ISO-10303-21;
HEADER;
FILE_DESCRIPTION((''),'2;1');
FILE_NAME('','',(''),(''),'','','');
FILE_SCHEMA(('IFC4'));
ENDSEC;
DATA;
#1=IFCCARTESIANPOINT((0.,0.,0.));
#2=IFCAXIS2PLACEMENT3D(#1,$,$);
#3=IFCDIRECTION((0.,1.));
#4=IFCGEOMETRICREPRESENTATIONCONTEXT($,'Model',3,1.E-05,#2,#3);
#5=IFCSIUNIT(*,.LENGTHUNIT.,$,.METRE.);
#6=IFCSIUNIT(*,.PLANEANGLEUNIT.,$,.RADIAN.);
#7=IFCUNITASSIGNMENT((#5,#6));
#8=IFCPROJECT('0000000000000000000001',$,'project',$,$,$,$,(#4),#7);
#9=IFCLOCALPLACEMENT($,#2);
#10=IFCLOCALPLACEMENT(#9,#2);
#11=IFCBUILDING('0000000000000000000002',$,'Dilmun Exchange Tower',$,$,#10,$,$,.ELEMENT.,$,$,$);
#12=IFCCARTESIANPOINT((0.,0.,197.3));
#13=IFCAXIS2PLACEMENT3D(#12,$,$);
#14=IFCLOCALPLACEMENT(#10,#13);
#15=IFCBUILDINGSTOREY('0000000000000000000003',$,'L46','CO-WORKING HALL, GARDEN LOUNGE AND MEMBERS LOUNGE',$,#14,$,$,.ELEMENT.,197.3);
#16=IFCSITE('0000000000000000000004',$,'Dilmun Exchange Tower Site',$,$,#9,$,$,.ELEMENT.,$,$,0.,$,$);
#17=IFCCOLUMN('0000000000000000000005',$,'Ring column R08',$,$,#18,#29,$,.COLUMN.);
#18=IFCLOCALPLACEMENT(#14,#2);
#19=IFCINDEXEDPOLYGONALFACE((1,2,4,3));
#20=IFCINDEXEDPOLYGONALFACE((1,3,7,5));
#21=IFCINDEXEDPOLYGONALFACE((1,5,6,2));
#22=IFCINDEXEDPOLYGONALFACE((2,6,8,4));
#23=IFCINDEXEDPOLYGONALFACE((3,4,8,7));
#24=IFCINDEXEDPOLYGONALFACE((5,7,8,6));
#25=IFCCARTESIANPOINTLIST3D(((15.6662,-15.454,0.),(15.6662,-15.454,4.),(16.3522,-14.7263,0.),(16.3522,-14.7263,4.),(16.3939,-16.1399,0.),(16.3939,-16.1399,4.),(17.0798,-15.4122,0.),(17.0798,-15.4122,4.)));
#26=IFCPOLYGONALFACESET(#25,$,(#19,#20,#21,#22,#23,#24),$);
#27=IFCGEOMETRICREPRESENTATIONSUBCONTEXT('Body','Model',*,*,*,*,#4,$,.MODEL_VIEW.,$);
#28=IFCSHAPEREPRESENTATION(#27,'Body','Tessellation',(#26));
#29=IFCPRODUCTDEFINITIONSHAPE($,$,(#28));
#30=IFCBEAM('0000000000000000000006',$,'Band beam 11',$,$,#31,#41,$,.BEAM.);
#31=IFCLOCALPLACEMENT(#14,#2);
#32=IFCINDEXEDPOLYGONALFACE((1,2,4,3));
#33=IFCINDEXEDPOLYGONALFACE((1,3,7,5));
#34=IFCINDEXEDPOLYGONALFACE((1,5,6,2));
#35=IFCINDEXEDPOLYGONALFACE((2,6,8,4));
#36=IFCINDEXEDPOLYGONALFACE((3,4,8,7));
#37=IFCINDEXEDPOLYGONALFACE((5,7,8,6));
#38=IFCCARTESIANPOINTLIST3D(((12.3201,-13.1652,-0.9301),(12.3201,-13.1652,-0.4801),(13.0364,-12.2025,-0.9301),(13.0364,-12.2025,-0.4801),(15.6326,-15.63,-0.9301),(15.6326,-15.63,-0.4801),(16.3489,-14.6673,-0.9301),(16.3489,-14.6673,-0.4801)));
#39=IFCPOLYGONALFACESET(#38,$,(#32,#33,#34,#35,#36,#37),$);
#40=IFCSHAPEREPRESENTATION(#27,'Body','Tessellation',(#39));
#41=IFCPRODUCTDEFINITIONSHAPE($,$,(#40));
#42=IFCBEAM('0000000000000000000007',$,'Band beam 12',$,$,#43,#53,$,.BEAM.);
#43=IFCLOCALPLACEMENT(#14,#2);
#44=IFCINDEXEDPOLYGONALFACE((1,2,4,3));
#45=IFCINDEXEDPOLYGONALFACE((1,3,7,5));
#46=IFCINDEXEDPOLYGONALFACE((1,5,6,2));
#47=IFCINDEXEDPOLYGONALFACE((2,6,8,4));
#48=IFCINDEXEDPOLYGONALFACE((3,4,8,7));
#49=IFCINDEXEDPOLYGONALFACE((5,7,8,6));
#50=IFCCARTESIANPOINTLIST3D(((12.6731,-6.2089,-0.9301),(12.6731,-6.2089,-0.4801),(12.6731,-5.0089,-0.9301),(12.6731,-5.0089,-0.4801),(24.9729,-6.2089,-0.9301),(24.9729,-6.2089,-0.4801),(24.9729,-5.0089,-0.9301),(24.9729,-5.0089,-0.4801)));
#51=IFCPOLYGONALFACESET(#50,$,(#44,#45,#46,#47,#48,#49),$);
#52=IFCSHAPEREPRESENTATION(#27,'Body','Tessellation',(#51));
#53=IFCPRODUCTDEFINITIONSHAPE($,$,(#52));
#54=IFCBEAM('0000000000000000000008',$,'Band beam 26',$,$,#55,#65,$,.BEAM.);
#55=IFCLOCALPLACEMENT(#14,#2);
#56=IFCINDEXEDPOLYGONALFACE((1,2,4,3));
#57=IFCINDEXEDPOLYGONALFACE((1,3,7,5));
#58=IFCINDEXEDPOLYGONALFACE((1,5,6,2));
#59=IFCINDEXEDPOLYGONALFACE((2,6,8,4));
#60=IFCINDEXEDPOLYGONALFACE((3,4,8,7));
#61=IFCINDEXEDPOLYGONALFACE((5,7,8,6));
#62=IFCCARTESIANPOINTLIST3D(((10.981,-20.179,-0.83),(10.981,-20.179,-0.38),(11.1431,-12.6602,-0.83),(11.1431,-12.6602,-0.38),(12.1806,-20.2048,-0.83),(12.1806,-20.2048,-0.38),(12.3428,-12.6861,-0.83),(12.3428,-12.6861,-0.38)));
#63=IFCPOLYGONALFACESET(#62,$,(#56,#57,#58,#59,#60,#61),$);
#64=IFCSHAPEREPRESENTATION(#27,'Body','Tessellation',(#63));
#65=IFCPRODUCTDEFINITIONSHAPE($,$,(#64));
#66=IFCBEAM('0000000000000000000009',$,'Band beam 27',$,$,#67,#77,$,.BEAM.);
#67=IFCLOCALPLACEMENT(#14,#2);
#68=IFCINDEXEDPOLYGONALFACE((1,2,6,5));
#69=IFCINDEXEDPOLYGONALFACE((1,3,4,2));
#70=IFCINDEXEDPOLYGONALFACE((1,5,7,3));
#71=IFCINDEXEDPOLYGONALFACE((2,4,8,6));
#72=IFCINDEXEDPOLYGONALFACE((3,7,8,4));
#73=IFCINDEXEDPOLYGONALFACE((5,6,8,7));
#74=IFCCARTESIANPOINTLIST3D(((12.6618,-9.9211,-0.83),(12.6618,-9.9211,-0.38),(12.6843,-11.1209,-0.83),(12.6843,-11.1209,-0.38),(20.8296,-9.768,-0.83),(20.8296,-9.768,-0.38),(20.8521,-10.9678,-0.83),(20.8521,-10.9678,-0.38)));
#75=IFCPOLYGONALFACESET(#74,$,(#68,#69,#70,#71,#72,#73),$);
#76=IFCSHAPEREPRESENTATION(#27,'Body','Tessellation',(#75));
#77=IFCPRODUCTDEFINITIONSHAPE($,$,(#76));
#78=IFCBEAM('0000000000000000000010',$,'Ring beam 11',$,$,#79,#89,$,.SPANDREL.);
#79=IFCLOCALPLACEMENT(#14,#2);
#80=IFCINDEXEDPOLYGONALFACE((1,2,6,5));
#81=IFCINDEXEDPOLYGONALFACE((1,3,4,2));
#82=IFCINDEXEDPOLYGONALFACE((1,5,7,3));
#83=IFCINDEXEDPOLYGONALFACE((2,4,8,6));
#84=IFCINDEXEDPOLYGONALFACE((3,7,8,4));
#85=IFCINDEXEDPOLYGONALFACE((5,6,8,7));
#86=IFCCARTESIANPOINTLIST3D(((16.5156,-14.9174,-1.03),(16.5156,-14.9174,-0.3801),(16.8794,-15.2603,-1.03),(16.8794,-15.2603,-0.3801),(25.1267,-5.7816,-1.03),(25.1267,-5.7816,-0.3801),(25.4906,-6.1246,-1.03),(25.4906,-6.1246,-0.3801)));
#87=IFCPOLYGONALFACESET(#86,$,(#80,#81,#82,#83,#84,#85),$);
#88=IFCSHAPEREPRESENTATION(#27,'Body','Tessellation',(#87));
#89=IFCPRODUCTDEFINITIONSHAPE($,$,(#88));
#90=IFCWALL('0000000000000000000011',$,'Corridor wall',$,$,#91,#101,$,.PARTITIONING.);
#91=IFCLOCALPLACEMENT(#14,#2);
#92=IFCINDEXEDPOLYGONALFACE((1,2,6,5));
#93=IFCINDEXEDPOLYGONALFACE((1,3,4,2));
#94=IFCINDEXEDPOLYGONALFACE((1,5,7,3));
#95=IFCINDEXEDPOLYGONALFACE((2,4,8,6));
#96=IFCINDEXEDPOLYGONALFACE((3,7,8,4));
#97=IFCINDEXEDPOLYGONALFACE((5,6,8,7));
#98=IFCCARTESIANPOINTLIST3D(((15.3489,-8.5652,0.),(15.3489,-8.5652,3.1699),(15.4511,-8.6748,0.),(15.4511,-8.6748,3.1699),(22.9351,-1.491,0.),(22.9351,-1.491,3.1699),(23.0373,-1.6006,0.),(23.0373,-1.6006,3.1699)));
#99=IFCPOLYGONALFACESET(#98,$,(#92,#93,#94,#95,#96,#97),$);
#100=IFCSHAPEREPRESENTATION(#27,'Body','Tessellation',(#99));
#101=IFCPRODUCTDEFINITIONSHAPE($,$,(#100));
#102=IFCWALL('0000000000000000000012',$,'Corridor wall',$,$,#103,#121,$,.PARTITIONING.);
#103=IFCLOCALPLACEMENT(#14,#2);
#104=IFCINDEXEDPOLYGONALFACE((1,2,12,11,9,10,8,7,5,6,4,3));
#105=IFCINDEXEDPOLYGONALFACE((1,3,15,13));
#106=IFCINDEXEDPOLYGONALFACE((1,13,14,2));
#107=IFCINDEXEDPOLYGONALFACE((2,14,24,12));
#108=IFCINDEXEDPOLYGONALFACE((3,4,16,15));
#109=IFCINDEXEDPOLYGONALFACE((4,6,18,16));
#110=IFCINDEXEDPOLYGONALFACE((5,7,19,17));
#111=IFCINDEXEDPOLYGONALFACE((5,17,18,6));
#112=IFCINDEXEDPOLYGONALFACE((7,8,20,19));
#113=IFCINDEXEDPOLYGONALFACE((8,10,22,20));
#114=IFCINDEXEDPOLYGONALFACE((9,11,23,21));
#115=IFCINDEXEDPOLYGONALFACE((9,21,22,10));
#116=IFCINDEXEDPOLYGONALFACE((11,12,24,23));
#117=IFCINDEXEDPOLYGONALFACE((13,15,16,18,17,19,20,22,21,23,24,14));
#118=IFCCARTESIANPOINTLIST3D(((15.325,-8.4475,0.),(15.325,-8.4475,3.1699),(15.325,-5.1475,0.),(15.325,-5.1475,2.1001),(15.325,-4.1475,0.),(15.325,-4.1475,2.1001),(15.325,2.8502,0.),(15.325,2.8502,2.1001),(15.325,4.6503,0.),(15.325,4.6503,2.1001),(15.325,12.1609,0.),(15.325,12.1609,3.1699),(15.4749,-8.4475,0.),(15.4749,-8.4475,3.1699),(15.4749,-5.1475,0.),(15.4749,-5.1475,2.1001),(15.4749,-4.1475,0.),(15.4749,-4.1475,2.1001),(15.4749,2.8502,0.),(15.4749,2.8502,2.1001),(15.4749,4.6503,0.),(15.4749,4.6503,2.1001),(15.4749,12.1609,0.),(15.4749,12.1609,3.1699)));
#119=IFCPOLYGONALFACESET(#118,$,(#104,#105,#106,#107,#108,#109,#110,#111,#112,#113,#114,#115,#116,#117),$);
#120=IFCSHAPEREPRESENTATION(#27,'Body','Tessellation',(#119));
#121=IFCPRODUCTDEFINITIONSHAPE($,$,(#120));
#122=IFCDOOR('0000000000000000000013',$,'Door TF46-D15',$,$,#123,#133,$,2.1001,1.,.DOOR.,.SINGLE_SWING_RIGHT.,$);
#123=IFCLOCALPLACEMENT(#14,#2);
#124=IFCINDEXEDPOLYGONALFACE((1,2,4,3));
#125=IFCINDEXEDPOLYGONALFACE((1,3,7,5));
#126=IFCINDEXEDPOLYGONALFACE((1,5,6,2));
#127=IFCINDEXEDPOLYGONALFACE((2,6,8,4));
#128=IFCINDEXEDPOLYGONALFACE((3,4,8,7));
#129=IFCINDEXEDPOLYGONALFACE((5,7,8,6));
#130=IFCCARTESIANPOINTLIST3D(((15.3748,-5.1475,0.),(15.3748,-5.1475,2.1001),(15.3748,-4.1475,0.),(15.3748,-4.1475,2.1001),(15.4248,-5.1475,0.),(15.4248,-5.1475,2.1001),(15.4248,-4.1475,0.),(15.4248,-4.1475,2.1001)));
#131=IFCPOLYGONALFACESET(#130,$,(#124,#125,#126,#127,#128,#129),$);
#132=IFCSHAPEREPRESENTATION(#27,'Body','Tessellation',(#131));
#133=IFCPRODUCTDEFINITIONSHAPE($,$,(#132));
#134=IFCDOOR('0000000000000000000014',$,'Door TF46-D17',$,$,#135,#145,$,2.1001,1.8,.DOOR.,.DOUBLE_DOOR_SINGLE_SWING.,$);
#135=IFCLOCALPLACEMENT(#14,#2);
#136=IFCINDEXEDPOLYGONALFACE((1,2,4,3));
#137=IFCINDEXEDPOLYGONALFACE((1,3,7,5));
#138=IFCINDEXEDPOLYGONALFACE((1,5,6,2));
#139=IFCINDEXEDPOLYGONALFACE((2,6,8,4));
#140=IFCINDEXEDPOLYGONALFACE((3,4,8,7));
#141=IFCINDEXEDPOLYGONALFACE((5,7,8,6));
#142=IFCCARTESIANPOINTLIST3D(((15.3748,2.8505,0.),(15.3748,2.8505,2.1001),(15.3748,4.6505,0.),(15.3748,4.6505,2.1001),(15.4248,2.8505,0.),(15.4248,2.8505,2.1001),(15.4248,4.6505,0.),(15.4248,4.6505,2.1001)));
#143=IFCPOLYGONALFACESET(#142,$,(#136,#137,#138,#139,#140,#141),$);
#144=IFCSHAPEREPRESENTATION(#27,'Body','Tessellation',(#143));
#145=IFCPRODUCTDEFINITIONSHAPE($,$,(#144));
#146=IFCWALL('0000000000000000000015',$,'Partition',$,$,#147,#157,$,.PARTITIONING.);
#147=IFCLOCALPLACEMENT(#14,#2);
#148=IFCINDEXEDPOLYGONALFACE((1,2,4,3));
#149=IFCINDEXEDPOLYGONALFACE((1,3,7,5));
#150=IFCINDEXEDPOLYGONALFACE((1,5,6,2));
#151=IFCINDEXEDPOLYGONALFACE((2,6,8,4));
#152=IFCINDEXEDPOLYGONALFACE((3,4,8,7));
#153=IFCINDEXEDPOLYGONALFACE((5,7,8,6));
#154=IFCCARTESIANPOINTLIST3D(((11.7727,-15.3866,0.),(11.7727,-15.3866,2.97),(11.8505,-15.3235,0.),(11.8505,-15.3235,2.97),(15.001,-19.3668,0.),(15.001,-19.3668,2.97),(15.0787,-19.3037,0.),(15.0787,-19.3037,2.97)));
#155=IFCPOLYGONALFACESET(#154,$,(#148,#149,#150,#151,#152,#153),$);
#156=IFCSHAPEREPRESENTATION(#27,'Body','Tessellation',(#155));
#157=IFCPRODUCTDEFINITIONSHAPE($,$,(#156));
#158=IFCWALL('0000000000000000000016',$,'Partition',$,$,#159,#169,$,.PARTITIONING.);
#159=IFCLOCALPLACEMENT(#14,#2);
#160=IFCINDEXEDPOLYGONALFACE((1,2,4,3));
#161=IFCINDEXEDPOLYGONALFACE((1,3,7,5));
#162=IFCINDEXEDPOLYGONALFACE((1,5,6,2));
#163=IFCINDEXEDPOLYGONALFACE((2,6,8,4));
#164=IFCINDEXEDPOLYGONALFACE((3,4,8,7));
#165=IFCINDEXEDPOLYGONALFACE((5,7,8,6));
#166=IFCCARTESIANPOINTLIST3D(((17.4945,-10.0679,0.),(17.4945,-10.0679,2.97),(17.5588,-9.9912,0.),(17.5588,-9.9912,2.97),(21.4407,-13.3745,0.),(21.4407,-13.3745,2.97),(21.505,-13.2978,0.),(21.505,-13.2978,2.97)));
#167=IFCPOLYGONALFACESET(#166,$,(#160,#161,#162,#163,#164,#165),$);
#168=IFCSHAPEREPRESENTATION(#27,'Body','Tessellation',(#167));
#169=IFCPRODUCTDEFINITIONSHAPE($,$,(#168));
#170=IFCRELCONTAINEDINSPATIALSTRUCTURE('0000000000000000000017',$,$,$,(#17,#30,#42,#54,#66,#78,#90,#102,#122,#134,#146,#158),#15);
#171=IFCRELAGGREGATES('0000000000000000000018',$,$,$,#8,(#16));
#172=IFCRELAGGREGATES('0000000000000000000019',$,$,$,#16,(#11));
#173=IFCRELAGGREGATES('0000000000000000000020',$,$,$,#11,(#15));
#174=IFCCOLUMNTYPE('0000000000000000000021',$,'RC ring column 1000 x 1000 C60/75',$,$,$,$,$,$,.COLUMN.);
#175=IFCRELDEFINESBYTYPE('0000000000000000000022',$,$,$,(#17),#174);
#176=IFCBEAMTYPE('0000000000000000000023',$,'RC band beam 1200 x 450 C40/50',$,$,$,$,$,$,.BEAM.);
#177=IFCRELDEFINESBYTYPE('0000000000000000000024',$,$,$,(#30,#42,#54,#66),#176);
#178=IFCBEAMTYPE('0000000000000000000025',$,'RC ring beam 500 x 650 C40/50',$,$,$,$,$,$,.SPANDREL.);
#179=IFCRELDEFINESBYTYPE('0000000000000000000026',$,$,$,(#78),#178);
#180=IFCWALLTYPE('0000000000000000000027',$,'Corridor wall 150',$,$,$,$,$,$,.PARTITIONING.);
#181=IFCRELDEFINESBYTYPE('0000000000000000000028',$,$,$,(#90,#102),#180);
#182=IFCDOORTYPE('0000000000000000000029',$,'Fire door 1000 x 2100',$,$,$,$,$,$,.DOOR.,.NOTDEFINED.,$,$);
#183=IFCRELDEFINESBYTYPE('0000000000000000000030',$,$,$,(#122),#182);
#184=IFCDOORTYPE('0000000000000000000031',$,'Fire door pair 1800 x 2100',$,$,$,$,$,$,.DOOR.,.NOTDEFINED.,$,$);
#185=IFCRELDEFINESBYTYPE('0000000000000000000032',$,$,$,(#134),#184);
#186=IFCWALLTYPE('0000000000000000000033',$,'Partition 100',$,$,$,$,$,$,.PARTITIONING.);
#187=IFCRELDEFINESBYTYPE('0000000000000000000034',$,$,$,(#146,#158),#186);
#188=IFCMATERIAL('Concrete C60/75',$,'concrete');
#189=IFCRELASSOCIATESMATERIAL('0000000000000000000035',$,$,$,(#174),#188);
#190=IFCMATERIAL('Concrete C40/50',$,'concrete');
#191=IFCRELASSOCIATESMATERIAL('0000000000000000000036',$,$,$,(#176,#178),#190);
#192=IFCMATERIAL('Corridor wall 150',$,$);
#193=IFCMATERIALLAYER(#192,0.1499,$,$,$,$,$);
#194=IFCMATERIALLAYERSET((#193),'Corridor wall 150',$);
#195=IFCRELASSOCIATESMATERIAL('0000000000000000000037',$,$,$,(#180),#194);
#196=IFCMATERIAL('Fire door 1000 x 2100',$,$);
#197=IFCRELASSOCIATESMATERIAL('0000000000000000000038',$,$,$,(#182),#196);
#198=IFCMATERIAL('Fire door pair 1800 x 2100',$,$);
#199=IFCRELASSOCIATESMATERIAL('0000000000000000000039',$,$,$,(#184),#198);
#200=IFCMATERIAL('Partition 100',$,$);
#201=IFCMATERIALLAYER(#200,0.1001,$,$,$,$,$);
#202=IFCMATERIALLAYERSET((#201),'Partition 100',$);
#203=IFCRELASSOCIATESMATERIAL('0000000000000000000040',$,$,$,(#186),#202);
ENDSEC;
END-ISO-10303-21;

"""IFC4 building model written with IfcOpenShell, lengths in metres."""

from ifc_helpers import new_model, si_unit, direction, frame, frame_2d, origin, origin_2d, place, context, subcontext, project, spatial, rectangle, extrude, material, layer, layer_set, material_profile, profile_set, type_object, element, fill, save


model = new_model("IFC4")

# Units and contexts
model_context = context("Model", 3, precision=1e-05, world=origin(), true_north=direction((0.0, 1.0)))
body_context = subcontext(model_context, "Body", "Model", "MODEL_VIEW")
ifc_project = project(units=[si_unit("LENGTHUNIT", "METRE"), si_unit("PLANEANGLEUNIT", "RADIAN")], contexts=[model_context])

# Site, building, storey
site_placement = place(None, origin())
site = spatial("IfcSite", under=ifc_project, at=site_placement, Name="Dilmun Exchange Tower Site", CompositionType="ELEMENT", RefElevation=0.0)
building_placement = place(site_placement, origin())
building = spatial("IfcBuilding", under=site, at=building_placement, Name="Dilmun Exchange Tower", CompositionType="ELEMENT")
storey_placement = place(building_placement, frame((0.0, 0.0, 197.3)))
storey = spatial("IfcBuildingStorey", under=building, at=storey_placement, Name="L46", Description="CO-WORKING HALL, GARDEN LOUNGE AND MEMBERS LOUNGE", CompositionType="ELEMENT", Elevation=197.3)

# Column
ifc_material_1 = material(Name="Concrete C60/75", Category="concrete")
ifc_material_profile_1 = material_profile(ifc_material_1, rectangle(XDim=1.0, YDim=1.0, at=origin_2d()), Name="1000 x 1000")
ifc_profile_set_1 = profile_set([ifc_material_profile_1], Name="Concrete C60/75")
column_type = type_object("IfcColumnType", Name="RC ring column 1000 x 1000 C60/75", PredefinedType="COLUMN", material=ifc_profile_set_1)
column_placement = place(storey_placement, frame((16.373, -15.4331, 0.0), z_axis=(0.0, 0.0, 1.0), x_axis=(0.685916, 0.727681, 0.0)))
element("IfcColumn", 1, at=column_placement, inside=storey, type_object=column_type, Name="Ring column R08", PredefinedType="COLUMN", context=body_context, shape_type="SweptSolid", body=[
    extrude(rectangle(XDim=1.0, YDim=1.0, at=origin_2d()), origin(), (0.0, 0.0, 1.0), 4.0),
])

# Beams
ifc_material_2 = material(Name="Concrete C40/50", Category="concrete")
ifc_material_profile_2 = material_profile(ifc_material_2, rectangle(XDim=1.2, YDim=0.45, at=origin_2d()), Name="1200 x 450")
ifc_profile_set_2 = profile_set([ifc_material_profile_2], Name="Concrete C40/50")
beam_type_1 = type_object("IfcBeamType", Name="RC band beam 1200 x 450 C40/50", PredefinedType="BEAM", material=ifc_profile_set_2)
beam_1_placement = place(storey_placement, frame((15.9907, -15.1487, -0.7051), z_axis=(-0.802265, 0.596968, 0.0), x_axis=(-0.596968, -0.802265, 0.0)))
element("IfcBeam", 2, at=beam_1_placement, inside=storey, type_object=beam_type_1, Name="Band beam 11", PredefinedType="BEAM", context=body_context, shape_type="SweptSolid", body=[
    extrude(rectangle(XDim=1.2, YDim=0.45, at=origin_2d()), origin(), (0.0, 0.0, 1.0), 4.1289),
])
beam_2_placement = place(storey_placement, frame((24.9729, -5.6089, -0.7051), z_axis=(-1.0, 0.0, 0.0), x_axis=(0.0, -1.0, 0.0)))
element("IfcBeam", 3, at=beam_2_placement, inside=storey, type_object=beam_type_1, Name="Band beam 12", PredefinedType="BEAM", context=body_context, shape_type="SweptSolid", body=[
    extrude(rectangle(XDim=1.2, YDim=0.45, at=origin_2d()), origin(), (0.0, 0.0, 1.0), 12.2998),
])
beam_3_placement = place(storey_placement, frame((11.5808, -20.1919, -0.605), z_axis=(0.021556, 0.999768, 0.0), x_axis=(-0.999768, 0.021556, 0.0)))
element("IfcBeam", 4, at=beam_3_placement, inside=storey, type_object=beam_type_1, Name="Band beam 26", PredefinedType="BEAM", context=body_context, shape_type="SweptSolid", body=[
    extrude(rectangle(XDim=1.2, YDim=0.45, at=origin_2d()), origin(), (0.0, 0.0, 1.0), 7.5205),
])
beam_4_placement = place(storey_placement, frame((20.8408, -10.3679, -0.605), z_axis=(-0.999824, -0.018738, 0.0), x_axis=(0.018738, -0.999824, 0.0)))
element("IfcBeam", 5, at=beam_4_placement, inside=storey, type_object=beam_type_1, Name="Band beam 27", PredefinedType="BEAM", context=body_context, shape_type="SweptSolid", body=[
    extrude(rectangle(XDim=1.2, YDim=0.45, at=origin_2d()), origin(), (0.0, 0.0, 1.0), 8.1692),
])
ifc_material_profile_3 = material_profile(ifc_material_2, rectangle(XDim=0.5, YDim=0.6499, at=origin_2d()), Name="500 x 650")
ifc_profile_set_3 = profile_set([ifc_material_profile_3], Name="Concrete C40/50")
beam_type_2 = type_object("IfcBeamType", Name="RC ring beam 500 x 650 C40/50", PredefinedType="SPANDREL", material=ifc_profile_set_3)
beam_5_placement = place(storey_placement, frame((16.6975, -15.0889, -0.7051), z_axis=(0.685903, 0.727693, 0.0), x_axis=(-0.727693, 0.685903, 0.0)))
element("IfcBeam", 6, at=beam_5_placement, inside=storey, type_object=beam_type_2, Name="Ring beam 11", PredefinedType="SPANDREL", context=body_context, shape_type="SweptSolid", body=[
    extrude(rectangle(XDim=0.5, YDim=0.6499, at=origin_2d()), origin(), (0.0, 0.0, 1.0), 12.5544),
])

# Wall
ifc_material_3 = material(Name="Corridor wall 150")
ifc_layer_1 = layer(ifc_material_3, 0.1499)
ifc_layer_set_1 = layer_set([ifc_layer_1], Name="Corridor wall 150")
wall_type_1 = type_object("IfcWallType", Name="Corridor wall 150", PredefinedType="PARTITIONING", material=ifc_layer_set_1)
wall_1_placement = place(storey_placement, frame((15.3999, -8.6201, 0.0), z_axis=(0.0, 0.0, 1.0), x_axis=(0.731354, 0.681998, 0.0)))
element("IfcWall", 7, at=wall_1_placement, inside=storey, type_object=wall_type_1, Name="Corridor wall", PredefinedType="PARTITIONING", context=body_context, shape_type="SweptSolid", body=[
    extrude(rectangle(XDim=10.3728, YDim=0.1499, at=frame_2d((5.1865, 0.0))), origin(), (0.0, 0.0, 1.0), 3.1699),
])

# Wall, openings, doors
wall_2_placement = place(storey_placement, frame((15.3999, -8.4475, 0.0), z_axis=(0.0, 0.0, 1.0), x_axis=(0.0, 1.0, 0.0)))
wall_2 = element("IfcWall", 8, at=wall_2_placement, inside=storey, type_object=wall_type_1, Name="Corridor wall", PredefinedType="PARTITIONING", context=body_context, shape_type="SweptSolid", body=[
    extrude(rectangle(XDim=20.6084, YDim=0.1499, at=frame_2d((10.3042, 0.0))), origin(), (0.0, 0.0, 1.0), 3.1699),
])
opening_1_placement = place(wall_2_placement, frame((3.3, 0.0, 0.0)))
opening_1 = element("IfcOpeningElement", 9, at=opening_1_placement, cuts=wall_2, PredefinedType="OPENING", context=body_context, shape_type="SweptSolid", body=[
    extrude(rectangle(XDim=1.0, YDim=2.1001, at=frame_2d((0.5, 1.05))), frame((0.0, 0.085, 0.0), z_axis=(0.0, -1.0, 0.0), x_axis=(1.0, 0.0, 0.0)), (0.0, 0.0, 1.0), 0.1699),
])
opening_2_placement = place(wall_2_placement, frame((11.2979, 0.0, 0.0)))
opening_2 = element("IfcOpeningElement", 10, at=opening_2_placement, cuts=wall_2, PredefinedType="OPENING", context=body_context, shape_type="SweptSolid", body=[
    extrude(rectangle(XDim=1.8, YDim=2.1001, at=frame_2d((0.8999, 1.05))), frame((0.0, 0.085, 0.0), z_axis=(0.0, -1.0, 0.0), x_axis=(1.0, 0.0, 0.0)), (0.0, 0.0, 1.0), 0.1699),
])
ifc_material_4 = material(Name="Fire door 1000 x 2100")
door_type_1 = type_object("IfcDoorType", Name="Fire door 1000 x 2100", OperationType="NOTDEFINED", PredefinedType="DOOR", material=ifc_material_4)
door_1_placement = place(opening_1_placement, frame((1.0, 0.0, 0.0), z_axis=(0.0, 0.0, 1.0), x_axis=(-1.0, 0.0, 0.0)))
door_1 = element("IfcDoor", 11, at=door_1_placement, inside=storey, type_object=door_type_1, Name="Door TF46-D15", OperationType="SINGLE_SWING_RIGHT", OverallHeight=2.1001, OverallWidth=1.0, PredefinedType="DOOR", context=body_context, shape_type="SweptSolid", body=[
    extrude(rectangle(XDim=1.0, YDim=2.1001, at=frame_2d((0.5, 1.05))), frame((0.0, 0.0249, 0.0), z_axis=(0.0, -1.0, 0.0), x_axis=(1.0, 0.0, 0.0)), (0.0, 0.0, 1.0), 0.05),
])
fill(opening_1, door_1)
ifc_material_5 = material(Name="Fire door pair 1800 x 2100")
door_type_2 = type_object("IfcDoorType", Name="Fire door pair 1800 x 2100", OperationType="NOTDEFINED", PredefinedType="DOOR", material=ifc_material_5)
door_2_placement = place(opening_2_placement, frame((1.8, 0.0, 0.0), z_axis=(0.0, 0.0, 1.0), x_axis=(-1.0, 0.0, 0.0)))
door_2 = element("IfcDoor", 12, at=door_2_placement, inside=storey, type_object=door_type_2, Name="Door TF46-D17", OperationType="DOUBLE_DOOR_SINGLE_SWING", OverallHeight=2.1001, OverallWidth=1.8, PredefinedType="DOOR", context=body_context, shape_type="SweptSolid", body=[
    extrude(rectangle(XDim=1.8, YDim=2.1001, at=frame_2d((0.8999, 1.05))), frame((0.0, 0.0249, 0.0), z_axis=(0.0, -1.0, 0.0), x_axis=(1.0, 0.0, 0.0)), (0.0, 0.0, 1.0), 0.05),
])
fill(opening_2, door_2)

# Walls
ifc_material_6 = material(Name="Partition 100")
ifc_layer_2 = layer(ifc_material_6, 0.1001)
ifc_layer_set_2 = layer_set([ifc_layer_2], Name="Partition 100")
wall_type_2 = type_object("IfcWallType", Name="Partition 100", PredefinedType="PARTITIONING", material=ifc_layer_set_2)
wall_3_placement = place(storey_placement, frame((11.8115, -15.355, 0.0), z_axis=(0.0, 0.0, 1.0), x_axis=(0.629927, -0.776654, 0.0)))
element("IfcWall", 13, at=wall_3_placement, inside=storey, type_object=wall_type_2, Name="Partition", PredefinedType="PARTITIONING", context=body_context, shape_type="SweptSolid", body=[
    extrude(rectangle(XDim=5.1248, YDim=0.1001, at=frame_2d((2.5625, 0.0))), origin(), (0.0, 0.0, 1.0), 2.97),
])
wall_4_placement = place(storey_placement, frame((17.5266, -10.0295, 0.0), z_axis=(0.0, 0.0, 1.0), x_axis=(0.766493, -0.642253, 0.0)))
element("IfcWall", 14, at=wall_4_placement, inside=storey, type_object=wall_type_2, Name="Partition", PredefinedType="PARTITIONING", context=body_context, shape_type="SweptSolid", body=[
    extrude(rectangle(XDim=5.1484, YDim=0.1001, at=frame_2d((2.5742, 0.0))), origin(), (0.0, 0.0, 1.0), 2.97),
])

save(model, "model.ifc")
